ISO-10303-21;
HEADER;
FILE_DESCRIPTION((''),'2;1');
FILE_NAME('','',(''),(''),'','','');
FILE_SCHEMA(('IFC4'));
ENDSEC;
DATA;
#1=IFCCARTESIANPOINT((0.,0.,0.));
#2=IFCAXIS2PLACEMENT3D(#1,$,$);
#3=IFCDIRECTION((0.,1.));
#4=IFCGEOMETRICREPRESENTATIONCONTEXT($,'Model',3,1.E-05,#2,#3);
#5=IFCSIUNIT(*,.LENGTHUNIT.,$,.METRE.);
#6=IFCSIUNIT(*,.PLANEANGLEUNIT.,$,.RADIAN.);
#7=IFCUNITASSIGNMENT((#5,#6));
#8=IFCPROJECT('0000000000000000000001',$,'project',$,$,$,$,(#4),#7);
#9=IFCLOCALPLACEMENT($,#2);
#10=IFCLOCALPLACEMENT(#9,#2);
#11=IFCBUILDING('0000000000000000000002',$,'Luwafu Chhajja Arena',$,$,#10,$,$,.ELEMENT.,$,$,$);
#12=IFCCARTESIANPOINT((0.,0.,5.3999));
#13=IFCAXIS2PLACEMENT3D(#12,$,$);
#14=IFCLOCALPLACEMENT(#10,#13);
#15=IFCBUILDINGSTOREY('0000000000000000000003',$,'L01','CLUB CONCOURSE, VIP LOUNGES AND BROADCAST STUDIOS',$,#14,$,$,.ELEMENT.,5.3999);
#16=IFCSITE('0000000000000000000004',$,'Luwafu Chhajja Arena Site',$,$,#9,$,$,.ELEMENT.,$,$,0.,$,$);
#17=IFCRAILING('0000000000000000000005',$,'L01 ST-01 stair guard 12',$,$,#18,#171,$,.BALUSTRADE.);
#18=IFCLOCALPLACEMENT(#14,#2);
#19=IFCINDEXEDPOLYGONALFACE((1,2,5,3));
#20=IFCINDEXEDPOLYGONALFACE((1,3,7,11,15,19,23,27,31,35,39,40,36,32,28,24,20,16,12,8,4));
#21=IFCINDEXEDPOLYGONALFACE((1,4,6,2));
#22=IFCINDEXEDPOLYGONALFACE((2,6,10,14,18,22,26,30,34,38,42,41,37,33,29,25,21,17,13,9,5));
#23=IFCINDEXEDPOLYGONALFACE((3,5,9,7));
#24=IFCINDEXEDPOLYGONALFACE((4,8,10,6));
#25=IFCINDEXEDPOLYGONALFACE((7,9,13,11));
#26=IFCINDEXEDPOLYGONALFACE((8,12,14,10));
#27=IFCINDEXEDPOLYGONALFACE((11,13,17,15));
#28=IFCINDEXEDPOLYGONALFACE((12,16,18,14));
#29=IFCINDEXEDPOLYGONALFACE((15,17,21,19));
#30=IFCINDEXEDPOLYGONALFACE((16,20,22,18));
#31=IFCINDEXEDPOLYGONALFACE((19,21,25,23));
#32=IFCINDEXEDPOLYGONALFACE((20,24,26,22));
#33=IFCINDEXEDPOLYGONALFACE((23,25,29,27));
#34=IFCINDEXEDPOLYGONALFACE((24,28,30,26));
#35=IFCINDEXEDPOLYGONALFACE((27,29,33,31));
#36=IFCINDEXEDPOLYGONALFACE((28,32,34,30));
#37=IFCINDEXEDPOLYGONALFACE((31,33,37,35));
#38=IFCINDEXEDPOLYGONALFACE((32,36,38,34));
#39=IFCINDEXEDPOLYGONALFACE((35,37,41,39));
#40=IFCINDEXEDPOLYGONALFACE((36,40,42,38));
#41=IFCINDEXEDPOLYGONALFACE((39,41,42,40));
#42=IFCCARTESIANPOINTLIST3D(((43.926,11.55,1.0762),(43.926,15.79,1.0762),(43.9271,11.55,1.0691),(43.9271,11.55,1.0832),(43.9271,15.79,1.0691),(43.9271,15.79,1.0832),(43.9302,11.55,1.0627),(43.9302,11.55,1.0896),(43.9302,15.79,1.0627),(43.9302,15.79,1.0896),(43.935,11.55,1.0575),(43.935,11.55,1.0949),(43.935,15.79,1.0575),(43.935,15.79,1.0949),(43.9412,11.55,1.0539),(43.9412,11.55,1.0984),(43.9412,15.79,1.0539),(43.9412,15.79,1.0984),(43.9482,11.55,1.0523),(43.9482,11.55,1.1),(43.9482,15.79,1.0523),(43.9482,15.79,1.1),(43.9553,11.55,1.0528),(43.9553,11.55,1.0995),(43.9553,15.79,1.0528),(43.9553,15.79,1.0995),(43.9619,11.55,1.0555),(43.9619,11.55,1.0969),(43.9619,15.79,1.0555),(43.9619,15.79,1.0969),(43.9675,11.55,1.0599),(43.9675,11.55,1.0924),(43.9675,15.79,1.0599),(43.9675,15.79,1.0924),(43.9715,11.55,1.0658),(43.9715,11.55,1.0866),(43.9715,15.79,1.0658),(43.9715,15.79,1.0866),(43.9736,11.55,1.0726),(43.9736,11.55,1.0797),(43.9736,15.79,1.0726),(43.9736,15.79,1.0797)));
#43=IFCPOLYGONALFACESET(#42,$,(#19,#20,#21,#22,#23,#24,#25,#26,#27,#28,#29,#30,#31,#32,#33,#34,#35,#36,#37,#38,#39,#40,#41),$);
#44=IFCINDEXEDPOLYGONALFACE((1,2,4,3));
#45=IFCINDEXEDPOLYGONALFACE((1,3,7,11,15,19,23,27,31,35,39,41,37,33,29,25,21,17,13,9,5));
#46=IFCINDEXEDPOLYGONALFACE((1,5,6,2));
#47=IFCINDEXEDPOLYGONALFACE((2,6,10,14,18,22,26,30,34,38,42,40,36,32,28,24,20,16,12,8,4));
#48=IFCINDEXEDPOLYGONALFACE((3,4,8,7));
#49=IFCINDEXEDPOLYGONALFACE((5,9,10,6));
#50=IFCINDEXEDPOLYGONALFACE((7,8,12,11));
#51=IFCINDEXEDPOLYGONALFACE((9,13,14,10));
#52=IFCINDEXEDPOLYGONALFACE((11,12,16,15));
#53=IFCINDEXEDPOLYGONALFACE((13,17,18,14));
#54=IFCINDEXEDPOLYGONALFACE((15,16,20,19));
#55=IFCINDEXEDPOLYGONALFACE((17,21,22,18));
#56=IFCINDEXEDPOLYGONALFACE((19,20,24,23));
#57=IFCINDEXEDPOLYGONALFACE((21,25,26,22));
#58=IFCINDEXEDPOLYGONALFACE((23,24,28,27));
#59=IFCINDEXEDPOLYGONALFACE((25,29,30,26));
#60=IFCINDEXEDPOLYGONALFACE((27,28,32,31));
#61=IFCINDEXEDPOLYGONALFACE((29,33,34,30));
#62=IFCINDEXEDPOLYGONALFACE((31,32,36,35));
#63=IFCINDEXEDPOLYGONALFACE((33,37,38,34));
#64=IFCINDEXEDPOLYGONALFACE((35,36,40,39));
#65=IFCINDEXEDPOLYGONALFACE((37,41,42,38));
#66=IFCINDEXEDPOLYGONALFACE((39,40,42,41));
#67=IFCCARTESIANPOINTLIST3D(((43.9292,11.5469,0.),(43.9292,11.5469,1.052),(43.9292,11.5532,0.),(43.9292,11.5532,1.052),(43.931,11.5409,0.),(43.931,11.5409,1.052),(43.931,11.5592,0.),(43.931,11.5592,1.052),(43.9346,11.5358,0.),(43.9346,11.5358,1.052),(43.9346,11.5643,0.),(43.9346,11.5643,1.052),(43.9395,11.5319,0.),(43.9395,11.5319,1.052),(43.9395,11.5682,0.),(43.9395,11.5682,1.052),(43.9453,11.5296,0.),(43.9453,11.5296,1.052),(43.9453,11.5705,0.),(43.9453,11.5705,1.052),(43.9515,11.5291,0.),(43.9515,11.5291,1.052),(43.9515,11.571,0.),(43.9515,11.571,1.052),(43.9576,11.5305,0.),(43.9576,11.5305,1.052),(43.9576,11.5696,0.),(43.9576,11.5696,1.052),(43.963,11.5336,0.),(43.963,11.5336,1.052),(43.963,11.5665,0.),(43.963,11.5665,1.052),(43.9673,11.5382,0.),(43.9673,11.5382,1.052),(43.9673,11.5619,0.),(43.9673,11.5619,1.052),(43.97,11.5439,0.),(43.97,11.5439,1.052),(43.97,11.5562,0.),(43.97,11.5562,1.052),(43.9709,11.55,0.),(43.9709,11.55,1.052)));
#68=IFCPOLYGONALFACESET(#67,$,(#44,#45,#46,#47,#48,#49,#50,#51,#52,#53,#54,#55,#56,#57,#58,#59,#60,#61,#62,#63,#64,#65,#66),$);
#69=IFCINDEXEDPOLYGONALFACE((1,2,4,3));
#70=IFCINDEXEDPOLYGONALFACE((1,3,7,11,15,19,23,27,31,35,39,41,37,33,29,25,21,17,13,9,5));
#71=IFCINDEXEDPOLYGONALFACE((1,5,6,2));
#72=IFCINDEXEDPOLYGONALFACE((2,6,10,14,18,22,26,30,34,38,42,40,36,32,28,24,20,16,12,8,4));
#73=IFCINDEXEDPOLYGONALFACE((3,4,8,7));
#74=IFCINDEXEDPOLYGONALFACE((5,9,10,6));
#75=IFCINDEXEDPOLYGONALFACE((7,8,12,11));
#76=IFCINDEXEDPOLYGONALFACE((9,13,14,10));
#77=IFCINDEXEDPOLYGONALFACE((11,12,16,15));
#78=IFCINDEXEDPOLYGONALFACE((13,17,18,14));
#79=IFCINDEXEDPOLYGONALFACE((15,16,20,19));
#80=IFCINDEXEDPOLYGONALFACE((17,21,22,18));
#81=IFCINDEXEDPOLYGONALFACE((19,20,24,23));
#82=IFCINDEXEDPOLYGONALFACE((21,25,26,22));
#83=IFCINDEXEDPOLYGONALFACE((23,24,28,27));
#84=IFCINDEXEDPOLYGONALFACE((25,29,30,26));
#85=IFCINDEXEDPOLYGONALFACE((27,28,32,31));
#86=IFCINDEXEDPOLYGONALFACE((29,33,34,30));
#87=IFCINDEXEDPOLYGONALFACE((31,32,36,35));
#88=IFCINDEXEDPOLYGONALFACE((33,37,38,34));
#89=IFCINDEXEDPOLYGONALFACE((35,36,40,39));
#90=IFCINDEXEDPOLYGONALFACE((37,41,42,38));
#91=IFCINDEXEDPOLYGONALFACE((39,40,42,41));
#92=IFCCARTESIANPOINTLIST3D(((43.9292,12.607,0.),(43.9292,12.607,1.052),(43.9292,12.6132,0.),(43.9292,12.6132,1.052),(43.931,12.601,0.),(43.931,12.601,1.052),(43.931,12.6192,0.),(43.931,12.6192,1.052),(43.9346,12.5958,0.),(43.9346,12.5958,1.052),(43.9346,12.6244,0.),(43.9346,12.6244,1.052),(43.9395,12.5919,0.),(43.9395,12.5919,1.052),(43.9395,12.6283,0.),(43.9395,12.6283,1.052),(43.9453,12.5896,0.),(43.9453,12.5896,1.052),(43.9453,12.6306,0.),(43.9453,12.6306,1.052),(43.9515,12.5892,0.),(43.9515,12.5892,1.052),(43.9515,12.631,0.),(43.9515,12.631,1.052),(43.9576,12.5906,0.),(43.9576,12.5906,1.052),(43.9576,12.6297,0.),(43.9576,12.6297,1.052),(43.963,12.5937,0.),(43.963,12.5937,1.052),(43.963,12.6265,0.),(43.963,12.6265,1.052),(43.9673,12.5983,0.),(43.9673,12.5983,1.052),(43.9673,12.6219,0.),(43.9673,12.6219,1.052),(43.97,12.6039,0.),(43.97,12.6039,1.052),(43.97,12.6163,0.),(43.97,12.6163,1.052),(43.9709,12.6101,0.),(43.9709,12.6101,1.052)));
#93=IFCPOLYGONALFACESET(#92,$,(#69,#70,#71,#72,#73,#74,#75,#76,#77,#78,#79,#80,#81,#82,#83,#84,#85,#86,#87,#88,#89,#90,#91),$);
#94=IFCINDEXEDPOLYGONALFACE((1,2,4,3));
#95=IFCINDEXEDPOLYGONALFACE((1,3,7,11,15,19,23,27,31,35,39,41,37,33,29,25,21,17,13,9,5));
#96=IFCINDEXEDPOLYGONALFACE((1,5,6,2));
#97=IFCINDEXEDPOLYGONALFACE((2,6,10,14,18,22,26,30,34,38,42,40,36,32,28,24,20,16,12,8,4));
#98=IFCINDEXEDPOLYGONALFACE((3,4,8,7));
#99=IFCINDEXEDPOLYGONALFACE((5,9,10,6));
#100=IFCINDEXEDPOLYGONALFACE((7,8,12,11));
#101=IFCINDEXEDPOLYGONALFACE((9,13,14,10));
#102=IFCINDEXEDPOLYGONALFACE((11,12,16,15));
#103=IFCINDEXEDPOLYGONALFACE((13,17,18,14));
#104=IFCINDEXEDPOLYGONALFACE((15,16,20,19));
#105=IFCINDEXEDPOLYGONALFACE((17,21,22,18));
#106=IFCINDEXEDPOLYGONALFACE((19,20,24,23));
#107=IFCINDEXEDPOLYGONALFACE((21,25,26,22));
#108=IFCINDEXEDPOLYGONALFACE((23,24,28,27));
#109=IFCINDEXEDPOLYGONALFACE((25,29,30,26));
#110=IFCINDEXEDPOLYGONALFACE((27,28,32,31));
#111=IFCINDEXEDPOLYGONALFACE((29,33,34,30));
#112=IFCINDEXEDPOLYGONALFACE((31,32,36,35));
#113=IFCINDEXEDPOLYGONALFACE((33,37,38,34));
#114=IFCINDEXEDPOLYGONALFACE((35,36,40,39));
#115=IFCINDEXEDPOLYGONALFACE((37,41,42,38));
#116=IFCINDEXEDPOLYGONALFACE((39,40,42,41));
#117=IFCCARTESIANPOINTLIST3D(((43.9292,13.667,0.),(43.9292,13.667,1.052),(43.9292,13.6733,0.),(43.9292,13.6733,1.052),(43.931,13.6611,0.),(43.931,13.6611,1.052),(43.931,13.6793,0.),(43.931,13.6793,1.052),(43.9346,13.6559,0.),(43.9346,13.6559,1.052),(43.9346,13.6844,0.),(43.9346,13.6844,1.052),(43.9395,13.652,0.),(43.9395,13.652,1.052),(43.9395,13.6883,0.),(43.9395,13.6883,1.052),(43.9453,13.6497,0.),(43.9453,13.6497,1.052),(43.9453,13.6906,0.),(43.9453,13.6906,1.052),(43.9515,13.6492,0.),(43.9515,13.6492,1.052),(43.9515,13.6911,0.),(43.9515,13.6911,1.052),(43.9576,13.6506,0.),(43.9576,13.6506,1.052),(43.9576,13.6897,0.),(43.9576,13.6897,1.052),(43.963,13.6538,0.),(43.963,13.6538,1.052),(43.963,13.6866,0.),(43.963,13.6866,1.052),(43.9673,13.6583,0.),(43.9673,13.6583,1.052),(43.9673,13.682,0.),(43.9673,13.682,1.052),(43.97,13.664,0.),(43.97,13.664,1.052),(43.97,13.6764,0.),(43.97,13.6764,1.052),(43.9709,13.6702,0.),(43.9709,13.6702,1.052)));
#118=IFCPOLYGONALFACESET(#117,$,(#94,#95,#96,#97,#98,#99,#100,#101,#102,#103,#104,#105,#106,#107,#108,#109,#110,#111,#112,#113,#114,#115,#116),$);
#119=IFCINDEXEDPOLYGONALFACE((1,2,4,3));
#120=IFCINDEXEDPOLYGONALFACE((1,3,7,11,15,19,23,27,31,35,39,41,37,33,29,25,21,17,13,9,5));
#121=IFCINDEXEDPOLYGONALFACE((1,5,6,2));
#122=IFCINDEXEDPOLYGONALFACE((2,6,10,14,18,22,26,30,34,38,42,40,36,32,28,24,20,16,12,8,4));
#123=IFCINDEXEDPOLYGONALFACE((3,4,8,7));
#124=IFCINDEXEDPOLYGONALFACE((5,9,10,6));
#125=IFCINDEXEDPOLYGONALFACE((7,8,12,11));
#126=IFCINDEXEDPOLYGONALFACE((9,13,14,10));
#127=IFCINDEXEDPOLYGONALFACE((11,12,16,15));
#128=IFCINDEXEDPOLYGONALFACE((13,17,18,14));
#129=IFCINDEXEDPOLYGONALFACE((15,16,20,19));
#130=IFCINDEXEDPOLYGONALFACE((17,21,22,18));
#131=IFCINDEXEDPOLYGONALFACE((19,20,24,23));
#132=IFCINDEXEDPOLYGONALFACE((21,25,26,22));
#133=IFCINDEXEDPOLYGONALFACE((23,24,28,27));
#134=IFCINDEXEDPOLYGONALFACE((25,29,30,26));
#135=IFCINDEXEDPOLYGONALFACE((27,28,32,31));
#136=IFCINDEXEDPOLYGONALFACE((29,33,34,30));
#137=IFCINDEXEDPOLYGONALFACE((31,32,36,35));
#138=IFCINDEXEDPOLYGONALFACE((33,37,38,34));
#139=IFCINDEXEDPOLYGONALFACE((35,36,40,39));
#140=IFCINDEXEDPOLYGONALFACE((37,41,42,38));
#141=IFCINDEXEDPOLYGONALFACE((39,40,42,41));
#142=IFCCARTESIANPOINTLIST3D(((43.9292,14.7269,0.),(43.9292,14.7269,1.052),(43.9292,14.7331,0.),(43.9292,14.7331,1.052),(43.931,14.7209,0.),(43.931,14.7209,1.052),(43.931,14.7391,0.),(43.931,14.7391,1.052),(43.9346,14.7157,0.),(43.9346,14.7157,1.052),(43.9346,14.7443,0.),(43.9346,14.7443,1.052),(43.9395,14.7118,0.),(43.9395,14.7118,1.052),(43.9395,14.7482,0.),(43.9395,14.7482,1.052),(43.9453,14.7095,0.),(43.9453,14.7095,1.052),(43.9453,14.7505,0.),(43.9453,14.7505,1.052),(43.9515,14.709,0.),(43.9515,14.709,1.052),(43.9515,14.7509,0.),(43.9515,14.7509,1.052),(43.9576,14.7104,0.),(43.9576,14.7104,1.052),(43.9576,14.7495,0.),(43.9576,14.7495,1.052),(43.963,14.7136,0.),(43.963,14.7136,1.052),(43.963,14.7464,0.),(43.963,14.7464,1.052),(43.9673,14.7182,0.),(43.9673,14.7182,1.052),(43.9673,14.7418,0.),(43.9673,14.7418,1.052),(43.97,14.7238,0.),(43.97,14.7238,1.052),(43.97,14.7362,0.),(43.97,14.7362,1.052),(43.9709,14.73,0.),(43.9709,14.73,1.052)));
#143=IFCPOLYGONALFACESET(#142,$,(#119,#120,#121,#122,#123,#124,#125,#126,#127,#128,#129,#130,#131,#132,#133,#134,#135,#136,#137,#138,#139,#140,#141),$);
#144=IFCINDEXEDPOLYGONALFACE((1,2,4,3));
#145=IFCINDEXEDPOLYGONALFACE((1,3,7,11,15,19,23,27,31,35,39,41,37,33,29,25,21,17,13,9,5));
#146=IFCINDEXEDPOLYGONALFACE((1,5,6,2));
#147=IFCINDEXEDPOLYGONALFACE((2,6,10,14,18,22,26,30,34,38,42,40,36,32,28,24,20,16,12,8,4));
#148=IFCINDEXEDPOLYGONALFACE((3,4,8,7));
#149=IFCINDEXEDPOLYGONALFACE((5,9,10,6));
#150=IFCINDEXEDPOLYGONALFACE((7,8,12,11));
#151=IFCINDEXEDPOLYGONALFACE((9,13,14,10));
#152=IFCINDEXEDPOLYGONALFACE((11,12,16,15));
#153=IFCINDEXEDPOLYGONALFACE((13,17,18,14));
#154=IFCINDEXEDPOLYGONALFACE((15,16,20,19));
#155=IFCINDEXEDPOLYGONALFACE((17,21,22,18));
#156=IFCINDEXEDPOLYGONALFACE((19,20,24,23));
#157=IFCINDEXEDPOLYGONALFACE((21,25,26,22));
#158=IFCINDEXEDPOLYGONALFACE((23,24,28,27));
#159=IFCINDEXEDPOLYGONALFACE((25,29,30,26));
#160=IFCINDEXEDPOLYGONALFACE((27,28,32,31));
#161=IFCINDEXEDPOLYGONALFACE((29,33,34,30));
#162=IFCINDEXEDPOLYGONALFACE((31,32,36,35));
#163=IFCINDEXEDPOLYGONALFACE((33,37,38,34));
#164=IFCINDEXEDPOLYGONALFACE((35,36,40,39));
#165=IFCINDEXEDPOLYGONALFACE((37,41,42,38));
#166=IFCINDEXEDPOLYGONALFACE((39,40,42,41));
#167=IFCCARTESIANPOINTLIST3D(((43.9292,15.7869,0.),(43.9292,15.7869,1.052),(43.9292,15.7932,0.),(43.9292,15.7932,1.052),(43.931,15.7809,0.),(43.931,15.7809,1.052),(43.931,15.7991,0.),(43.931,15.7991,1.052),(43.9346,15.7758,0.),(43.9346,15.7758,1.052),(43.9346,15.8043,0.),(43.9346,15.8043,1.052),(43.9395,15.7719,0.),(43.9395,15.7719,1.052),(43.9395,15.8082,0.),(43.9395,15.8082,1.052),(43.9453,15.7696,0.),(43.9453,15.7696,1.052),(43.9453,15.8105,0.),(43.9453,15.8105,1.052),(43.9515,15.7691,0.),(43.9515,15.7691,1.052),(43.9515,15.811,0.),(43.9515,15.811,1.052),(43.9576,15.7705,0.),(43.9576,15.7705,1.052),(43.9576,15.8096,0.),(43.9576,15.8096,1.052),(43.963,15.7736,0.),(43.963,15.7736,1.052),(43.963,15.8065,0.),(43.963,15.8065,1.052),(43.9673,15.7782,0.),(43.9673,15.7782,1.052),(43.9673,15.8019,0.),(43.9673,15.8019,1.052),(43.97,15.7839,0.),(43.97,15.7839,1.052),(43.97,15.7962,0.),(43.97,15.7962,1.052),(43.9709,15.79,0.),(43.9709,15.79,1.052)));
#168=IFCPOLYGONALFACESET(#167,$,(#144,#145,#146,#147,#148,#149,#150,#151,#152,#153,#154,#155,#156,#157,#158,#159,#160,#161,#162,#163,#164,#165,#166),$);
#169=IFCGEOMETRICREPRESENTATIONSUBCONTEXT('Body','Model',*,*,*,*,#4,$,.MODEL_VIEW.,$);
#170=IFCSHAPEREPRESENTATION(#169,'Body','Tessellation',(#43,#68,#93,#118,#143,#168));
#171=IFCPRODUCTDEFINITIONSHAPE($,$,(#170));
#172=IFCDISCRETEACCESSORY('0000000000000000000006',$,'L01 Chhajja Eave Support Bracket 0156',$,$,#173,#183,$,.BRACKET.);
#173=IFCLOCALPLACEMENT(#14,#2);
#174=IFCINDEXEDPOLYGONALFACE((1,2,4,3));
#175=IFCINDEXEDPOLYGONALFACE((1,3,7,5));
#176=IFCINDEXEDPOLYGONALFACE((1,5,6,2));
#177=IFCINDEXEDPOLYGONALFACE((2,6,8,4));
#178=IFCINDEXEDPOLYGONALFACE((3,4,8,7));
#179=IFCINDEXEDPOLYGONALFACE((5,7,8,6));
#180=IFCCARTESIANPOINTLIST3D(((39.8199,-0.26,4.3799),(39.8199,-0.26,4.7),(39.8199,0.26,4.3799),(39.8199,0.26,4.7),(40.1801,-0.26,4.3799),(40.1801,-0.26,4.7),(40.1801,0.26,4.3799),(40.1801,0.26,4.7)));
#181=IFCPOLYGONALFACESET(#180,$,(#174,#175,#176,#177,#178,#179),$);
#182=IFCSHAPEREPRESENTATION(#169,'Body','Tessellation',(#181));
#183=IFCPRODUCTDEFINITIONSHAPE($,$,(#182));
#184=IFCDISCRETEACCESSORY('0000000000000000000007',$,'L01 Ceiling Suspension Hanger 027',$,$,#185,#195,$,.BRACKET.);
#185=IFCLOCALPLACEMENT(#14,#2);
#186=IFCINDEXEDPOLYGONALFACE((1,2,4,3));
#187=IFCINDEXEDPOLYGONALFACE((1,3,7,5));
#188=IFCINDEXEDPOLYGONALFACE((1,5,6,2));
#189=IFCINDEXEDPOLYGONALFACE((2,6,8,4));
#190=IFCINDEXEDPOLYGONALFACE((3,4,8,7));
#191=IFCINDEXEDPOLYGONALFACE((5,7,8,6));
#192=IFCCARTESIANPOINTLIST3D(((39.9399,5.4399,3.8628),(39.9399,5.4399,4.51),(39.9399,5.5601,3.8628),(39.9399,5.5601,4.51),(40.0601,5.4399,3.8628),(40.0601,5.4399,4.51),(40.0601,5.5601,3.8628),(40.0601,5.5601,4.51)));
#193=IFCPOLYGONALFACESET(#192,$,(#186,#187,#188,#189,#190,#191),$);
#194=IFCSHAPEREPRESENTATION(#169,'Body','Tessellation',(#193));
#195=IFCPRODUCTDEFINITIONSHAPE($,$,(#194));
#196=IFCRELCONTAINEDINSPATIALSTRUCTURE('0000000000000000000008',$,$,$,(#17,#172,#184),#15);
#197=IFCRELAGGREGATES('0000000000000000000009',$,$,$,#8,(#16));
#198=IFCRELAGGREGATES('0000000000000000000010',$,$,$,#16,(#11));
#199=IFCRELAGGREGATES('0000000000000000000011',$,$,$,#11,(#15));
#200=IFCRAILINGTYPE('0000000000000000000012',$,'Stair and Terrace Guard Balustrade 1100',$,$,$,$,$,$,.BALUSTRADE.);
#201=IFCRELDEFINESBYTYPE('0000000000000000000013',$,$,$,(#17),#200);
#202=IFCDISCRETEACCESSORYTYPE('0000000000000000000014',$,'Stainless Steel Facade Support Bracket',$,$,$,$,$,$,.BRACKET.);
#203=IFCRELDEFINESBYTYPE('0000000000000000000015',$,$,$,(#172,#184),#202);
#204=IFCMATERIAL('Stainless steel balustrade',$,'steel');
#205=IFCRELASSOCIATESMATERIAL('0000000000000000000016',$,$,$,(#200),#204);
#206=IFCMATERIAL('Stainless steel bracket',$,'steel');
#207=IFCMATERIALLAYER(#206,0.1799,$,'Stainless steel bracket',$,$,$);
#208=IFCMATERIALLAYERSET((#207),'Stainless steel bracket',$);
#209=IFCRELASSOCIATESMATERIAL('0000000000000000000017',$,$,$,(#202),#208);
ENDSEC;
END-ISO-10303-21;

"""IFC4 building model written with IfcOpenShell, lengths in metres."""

from ifc_helpers import new_model, si_unit, direction, frame, origin, origin_2d, place, context, subcontext, project, spatial, rectangle, circle, extrude, material, layer, layer_set, type_object, element, save


model = new_model("IFC4")

# Units and contexts
model_context = context("Model", 3, precision=1e-05, world=origin(), true_north=direction((0.0, 1.0)))
body_context = subcontext(model_context, "Body", "Model", "MODEL_VIEW")
ifc_project = project(units=[si_unit("LENGTHUNIT", "METRE"), si_unit("PLANEANGLEUNIT", "RADIAN")], contexts=[model_context])

# Site, building, storey
site_placement = place(None, origin())
site = spatial("IfcSite", under=ifc_project, at=site_placement, Name="Luwafu Chhajja Arena Site", CompositionType="ELEMENT", RefElevation=0.0)
building_placement = place(site_placement, origin())
building = spatial("IfcBuilding", under=site, at=building_placement, Name="Luwafu Chhajja Arena", CompositionType="ELEMENT")
storey_placement = place(building_placement, frame((0.0, 0.0, 5.3999)))
storey = spatial("IfcBuildingStorey", under=building, at=storey_placement, Name="L01", Description="CLUB CONCOURSE, VIP LOUNGES AND BROADCAST STUDIOS", CompositionType="ELEMENT", Elevation=5.3999)

# Railing
ifc_material_1 = material(Name="Stainless steel balustrade", Category="steel")
railing_type_1 = type_object("IfcRailingType", Name="Stair and Terrace Guard Balustrade 1100", PredefinedType="BALUSTRADE", material=ifc_material_1)
railing_1_placement = place(storey_placement, frame((43.95, 11.55, 0.0)))
element("IfcRailing", 1, at=railing_1_placement, inside=storey, type_object=railing_type_1, Name="L01 ST-01 stair guard 12", PredefinedType="BALUSTRADE", context=body_context, shape_type="SweptSolid", body=[
    extrude(circle(Radius=0.0239, at=origin_2d()), frame((0.0, 0.0, 1.0762), z_axis=(0.0, 1.0, 0.0), x_axis=(-1.0, 0.0, 0.0)), (0.0, 0.0, 1.0), 4.24),
    extrude(circle(Radius=0.021, at=origin_2d()), origin(), (0.0, 0.0, 1.0), 1.052),
    extrude(circle(Radius=0.021, at=origin_2d()), frame((0.0, 1.0601, 0.0)), (0.0, 0.0, 1.0), 1.052),
    extrude(circle(Radius=0.021, at=origin_2d()), frame((0.0, 2.1201, 0.0)), (0.0, 0.0, 1.0), 1.052),
    extrude(circle(Radius=0.021, at=origin_2d()), frame((0.0, 3.1799, 0.0)), (0.0, 0.0, 1.0), 1.052),
    extrude(circle(Radius=0.021, at=origin_2d()), frame((0.0, 4.24, 0.0)), (0.0, 0.0, 1.0), 1.052),
])

# Discrete accessories
ifc_material_2 = material(Name="Stainless steel bracket", Category="steel")
ifc_layer_1 = layer(ifc_material_2, 0.1799, Name="Stainless steel bracket")
ifc_layer_set_1 = layer_set([ifc_layer_1], Name="Stainless steel bracket")
discrete_accessory_type = type_object("IfcDiscreteAccessoryType", Name="Stainless Steel Facade Support Bracket", PredefinedType="BRACKET", material=ifc_layer_set_1)
discrete_accessory_1_placement = place(storey_placement, frame((40.0, 0.0, 4.3799), z_axis=(0.0, 0.0, 1.0), x_axis=(1.0, 0.0, 0.0)))
element("IfcDiscreteAccessory", 2, at=discrete_accessory_1_placement, inside=storey, type_object=discrete_accessory_type, Name="L01 Chhajja Eave Support Bracket 0156", PredefinedType="BRACKET", context=body_context, shape_type="SweptSolid", body=[
    extrude(rectangle(XDim=0.3601, YDim=0.52, at=origin_2d()), origin(), (0.0, 0.0, 1.0), 0.3201),
])
discrete_accessory_2_placement = place(storey_placement, frame((40.0, 5.5, 3.8628), z_axis=(0.0, 0.0, 1.0), x_axis=(1.0, 0.0, 0.0)))
element("IfcDiscreteAccessory", 3, at=discrete_accessory_2_placement, inside=storey, type_object=discrete_accessory_type, Name="L01 Ceiling Suspension Hanger 027", PredefinedType="BRACKET", context=body_context, shape_type="SweptSolid", body=[
    extrude(rectangle(XDim=0.1201, YDim=0.1201, at=origin_2d()), origin(), (0.0, 0.0, 1.0), 0.6472),
])

save(model, "model.ifc")
